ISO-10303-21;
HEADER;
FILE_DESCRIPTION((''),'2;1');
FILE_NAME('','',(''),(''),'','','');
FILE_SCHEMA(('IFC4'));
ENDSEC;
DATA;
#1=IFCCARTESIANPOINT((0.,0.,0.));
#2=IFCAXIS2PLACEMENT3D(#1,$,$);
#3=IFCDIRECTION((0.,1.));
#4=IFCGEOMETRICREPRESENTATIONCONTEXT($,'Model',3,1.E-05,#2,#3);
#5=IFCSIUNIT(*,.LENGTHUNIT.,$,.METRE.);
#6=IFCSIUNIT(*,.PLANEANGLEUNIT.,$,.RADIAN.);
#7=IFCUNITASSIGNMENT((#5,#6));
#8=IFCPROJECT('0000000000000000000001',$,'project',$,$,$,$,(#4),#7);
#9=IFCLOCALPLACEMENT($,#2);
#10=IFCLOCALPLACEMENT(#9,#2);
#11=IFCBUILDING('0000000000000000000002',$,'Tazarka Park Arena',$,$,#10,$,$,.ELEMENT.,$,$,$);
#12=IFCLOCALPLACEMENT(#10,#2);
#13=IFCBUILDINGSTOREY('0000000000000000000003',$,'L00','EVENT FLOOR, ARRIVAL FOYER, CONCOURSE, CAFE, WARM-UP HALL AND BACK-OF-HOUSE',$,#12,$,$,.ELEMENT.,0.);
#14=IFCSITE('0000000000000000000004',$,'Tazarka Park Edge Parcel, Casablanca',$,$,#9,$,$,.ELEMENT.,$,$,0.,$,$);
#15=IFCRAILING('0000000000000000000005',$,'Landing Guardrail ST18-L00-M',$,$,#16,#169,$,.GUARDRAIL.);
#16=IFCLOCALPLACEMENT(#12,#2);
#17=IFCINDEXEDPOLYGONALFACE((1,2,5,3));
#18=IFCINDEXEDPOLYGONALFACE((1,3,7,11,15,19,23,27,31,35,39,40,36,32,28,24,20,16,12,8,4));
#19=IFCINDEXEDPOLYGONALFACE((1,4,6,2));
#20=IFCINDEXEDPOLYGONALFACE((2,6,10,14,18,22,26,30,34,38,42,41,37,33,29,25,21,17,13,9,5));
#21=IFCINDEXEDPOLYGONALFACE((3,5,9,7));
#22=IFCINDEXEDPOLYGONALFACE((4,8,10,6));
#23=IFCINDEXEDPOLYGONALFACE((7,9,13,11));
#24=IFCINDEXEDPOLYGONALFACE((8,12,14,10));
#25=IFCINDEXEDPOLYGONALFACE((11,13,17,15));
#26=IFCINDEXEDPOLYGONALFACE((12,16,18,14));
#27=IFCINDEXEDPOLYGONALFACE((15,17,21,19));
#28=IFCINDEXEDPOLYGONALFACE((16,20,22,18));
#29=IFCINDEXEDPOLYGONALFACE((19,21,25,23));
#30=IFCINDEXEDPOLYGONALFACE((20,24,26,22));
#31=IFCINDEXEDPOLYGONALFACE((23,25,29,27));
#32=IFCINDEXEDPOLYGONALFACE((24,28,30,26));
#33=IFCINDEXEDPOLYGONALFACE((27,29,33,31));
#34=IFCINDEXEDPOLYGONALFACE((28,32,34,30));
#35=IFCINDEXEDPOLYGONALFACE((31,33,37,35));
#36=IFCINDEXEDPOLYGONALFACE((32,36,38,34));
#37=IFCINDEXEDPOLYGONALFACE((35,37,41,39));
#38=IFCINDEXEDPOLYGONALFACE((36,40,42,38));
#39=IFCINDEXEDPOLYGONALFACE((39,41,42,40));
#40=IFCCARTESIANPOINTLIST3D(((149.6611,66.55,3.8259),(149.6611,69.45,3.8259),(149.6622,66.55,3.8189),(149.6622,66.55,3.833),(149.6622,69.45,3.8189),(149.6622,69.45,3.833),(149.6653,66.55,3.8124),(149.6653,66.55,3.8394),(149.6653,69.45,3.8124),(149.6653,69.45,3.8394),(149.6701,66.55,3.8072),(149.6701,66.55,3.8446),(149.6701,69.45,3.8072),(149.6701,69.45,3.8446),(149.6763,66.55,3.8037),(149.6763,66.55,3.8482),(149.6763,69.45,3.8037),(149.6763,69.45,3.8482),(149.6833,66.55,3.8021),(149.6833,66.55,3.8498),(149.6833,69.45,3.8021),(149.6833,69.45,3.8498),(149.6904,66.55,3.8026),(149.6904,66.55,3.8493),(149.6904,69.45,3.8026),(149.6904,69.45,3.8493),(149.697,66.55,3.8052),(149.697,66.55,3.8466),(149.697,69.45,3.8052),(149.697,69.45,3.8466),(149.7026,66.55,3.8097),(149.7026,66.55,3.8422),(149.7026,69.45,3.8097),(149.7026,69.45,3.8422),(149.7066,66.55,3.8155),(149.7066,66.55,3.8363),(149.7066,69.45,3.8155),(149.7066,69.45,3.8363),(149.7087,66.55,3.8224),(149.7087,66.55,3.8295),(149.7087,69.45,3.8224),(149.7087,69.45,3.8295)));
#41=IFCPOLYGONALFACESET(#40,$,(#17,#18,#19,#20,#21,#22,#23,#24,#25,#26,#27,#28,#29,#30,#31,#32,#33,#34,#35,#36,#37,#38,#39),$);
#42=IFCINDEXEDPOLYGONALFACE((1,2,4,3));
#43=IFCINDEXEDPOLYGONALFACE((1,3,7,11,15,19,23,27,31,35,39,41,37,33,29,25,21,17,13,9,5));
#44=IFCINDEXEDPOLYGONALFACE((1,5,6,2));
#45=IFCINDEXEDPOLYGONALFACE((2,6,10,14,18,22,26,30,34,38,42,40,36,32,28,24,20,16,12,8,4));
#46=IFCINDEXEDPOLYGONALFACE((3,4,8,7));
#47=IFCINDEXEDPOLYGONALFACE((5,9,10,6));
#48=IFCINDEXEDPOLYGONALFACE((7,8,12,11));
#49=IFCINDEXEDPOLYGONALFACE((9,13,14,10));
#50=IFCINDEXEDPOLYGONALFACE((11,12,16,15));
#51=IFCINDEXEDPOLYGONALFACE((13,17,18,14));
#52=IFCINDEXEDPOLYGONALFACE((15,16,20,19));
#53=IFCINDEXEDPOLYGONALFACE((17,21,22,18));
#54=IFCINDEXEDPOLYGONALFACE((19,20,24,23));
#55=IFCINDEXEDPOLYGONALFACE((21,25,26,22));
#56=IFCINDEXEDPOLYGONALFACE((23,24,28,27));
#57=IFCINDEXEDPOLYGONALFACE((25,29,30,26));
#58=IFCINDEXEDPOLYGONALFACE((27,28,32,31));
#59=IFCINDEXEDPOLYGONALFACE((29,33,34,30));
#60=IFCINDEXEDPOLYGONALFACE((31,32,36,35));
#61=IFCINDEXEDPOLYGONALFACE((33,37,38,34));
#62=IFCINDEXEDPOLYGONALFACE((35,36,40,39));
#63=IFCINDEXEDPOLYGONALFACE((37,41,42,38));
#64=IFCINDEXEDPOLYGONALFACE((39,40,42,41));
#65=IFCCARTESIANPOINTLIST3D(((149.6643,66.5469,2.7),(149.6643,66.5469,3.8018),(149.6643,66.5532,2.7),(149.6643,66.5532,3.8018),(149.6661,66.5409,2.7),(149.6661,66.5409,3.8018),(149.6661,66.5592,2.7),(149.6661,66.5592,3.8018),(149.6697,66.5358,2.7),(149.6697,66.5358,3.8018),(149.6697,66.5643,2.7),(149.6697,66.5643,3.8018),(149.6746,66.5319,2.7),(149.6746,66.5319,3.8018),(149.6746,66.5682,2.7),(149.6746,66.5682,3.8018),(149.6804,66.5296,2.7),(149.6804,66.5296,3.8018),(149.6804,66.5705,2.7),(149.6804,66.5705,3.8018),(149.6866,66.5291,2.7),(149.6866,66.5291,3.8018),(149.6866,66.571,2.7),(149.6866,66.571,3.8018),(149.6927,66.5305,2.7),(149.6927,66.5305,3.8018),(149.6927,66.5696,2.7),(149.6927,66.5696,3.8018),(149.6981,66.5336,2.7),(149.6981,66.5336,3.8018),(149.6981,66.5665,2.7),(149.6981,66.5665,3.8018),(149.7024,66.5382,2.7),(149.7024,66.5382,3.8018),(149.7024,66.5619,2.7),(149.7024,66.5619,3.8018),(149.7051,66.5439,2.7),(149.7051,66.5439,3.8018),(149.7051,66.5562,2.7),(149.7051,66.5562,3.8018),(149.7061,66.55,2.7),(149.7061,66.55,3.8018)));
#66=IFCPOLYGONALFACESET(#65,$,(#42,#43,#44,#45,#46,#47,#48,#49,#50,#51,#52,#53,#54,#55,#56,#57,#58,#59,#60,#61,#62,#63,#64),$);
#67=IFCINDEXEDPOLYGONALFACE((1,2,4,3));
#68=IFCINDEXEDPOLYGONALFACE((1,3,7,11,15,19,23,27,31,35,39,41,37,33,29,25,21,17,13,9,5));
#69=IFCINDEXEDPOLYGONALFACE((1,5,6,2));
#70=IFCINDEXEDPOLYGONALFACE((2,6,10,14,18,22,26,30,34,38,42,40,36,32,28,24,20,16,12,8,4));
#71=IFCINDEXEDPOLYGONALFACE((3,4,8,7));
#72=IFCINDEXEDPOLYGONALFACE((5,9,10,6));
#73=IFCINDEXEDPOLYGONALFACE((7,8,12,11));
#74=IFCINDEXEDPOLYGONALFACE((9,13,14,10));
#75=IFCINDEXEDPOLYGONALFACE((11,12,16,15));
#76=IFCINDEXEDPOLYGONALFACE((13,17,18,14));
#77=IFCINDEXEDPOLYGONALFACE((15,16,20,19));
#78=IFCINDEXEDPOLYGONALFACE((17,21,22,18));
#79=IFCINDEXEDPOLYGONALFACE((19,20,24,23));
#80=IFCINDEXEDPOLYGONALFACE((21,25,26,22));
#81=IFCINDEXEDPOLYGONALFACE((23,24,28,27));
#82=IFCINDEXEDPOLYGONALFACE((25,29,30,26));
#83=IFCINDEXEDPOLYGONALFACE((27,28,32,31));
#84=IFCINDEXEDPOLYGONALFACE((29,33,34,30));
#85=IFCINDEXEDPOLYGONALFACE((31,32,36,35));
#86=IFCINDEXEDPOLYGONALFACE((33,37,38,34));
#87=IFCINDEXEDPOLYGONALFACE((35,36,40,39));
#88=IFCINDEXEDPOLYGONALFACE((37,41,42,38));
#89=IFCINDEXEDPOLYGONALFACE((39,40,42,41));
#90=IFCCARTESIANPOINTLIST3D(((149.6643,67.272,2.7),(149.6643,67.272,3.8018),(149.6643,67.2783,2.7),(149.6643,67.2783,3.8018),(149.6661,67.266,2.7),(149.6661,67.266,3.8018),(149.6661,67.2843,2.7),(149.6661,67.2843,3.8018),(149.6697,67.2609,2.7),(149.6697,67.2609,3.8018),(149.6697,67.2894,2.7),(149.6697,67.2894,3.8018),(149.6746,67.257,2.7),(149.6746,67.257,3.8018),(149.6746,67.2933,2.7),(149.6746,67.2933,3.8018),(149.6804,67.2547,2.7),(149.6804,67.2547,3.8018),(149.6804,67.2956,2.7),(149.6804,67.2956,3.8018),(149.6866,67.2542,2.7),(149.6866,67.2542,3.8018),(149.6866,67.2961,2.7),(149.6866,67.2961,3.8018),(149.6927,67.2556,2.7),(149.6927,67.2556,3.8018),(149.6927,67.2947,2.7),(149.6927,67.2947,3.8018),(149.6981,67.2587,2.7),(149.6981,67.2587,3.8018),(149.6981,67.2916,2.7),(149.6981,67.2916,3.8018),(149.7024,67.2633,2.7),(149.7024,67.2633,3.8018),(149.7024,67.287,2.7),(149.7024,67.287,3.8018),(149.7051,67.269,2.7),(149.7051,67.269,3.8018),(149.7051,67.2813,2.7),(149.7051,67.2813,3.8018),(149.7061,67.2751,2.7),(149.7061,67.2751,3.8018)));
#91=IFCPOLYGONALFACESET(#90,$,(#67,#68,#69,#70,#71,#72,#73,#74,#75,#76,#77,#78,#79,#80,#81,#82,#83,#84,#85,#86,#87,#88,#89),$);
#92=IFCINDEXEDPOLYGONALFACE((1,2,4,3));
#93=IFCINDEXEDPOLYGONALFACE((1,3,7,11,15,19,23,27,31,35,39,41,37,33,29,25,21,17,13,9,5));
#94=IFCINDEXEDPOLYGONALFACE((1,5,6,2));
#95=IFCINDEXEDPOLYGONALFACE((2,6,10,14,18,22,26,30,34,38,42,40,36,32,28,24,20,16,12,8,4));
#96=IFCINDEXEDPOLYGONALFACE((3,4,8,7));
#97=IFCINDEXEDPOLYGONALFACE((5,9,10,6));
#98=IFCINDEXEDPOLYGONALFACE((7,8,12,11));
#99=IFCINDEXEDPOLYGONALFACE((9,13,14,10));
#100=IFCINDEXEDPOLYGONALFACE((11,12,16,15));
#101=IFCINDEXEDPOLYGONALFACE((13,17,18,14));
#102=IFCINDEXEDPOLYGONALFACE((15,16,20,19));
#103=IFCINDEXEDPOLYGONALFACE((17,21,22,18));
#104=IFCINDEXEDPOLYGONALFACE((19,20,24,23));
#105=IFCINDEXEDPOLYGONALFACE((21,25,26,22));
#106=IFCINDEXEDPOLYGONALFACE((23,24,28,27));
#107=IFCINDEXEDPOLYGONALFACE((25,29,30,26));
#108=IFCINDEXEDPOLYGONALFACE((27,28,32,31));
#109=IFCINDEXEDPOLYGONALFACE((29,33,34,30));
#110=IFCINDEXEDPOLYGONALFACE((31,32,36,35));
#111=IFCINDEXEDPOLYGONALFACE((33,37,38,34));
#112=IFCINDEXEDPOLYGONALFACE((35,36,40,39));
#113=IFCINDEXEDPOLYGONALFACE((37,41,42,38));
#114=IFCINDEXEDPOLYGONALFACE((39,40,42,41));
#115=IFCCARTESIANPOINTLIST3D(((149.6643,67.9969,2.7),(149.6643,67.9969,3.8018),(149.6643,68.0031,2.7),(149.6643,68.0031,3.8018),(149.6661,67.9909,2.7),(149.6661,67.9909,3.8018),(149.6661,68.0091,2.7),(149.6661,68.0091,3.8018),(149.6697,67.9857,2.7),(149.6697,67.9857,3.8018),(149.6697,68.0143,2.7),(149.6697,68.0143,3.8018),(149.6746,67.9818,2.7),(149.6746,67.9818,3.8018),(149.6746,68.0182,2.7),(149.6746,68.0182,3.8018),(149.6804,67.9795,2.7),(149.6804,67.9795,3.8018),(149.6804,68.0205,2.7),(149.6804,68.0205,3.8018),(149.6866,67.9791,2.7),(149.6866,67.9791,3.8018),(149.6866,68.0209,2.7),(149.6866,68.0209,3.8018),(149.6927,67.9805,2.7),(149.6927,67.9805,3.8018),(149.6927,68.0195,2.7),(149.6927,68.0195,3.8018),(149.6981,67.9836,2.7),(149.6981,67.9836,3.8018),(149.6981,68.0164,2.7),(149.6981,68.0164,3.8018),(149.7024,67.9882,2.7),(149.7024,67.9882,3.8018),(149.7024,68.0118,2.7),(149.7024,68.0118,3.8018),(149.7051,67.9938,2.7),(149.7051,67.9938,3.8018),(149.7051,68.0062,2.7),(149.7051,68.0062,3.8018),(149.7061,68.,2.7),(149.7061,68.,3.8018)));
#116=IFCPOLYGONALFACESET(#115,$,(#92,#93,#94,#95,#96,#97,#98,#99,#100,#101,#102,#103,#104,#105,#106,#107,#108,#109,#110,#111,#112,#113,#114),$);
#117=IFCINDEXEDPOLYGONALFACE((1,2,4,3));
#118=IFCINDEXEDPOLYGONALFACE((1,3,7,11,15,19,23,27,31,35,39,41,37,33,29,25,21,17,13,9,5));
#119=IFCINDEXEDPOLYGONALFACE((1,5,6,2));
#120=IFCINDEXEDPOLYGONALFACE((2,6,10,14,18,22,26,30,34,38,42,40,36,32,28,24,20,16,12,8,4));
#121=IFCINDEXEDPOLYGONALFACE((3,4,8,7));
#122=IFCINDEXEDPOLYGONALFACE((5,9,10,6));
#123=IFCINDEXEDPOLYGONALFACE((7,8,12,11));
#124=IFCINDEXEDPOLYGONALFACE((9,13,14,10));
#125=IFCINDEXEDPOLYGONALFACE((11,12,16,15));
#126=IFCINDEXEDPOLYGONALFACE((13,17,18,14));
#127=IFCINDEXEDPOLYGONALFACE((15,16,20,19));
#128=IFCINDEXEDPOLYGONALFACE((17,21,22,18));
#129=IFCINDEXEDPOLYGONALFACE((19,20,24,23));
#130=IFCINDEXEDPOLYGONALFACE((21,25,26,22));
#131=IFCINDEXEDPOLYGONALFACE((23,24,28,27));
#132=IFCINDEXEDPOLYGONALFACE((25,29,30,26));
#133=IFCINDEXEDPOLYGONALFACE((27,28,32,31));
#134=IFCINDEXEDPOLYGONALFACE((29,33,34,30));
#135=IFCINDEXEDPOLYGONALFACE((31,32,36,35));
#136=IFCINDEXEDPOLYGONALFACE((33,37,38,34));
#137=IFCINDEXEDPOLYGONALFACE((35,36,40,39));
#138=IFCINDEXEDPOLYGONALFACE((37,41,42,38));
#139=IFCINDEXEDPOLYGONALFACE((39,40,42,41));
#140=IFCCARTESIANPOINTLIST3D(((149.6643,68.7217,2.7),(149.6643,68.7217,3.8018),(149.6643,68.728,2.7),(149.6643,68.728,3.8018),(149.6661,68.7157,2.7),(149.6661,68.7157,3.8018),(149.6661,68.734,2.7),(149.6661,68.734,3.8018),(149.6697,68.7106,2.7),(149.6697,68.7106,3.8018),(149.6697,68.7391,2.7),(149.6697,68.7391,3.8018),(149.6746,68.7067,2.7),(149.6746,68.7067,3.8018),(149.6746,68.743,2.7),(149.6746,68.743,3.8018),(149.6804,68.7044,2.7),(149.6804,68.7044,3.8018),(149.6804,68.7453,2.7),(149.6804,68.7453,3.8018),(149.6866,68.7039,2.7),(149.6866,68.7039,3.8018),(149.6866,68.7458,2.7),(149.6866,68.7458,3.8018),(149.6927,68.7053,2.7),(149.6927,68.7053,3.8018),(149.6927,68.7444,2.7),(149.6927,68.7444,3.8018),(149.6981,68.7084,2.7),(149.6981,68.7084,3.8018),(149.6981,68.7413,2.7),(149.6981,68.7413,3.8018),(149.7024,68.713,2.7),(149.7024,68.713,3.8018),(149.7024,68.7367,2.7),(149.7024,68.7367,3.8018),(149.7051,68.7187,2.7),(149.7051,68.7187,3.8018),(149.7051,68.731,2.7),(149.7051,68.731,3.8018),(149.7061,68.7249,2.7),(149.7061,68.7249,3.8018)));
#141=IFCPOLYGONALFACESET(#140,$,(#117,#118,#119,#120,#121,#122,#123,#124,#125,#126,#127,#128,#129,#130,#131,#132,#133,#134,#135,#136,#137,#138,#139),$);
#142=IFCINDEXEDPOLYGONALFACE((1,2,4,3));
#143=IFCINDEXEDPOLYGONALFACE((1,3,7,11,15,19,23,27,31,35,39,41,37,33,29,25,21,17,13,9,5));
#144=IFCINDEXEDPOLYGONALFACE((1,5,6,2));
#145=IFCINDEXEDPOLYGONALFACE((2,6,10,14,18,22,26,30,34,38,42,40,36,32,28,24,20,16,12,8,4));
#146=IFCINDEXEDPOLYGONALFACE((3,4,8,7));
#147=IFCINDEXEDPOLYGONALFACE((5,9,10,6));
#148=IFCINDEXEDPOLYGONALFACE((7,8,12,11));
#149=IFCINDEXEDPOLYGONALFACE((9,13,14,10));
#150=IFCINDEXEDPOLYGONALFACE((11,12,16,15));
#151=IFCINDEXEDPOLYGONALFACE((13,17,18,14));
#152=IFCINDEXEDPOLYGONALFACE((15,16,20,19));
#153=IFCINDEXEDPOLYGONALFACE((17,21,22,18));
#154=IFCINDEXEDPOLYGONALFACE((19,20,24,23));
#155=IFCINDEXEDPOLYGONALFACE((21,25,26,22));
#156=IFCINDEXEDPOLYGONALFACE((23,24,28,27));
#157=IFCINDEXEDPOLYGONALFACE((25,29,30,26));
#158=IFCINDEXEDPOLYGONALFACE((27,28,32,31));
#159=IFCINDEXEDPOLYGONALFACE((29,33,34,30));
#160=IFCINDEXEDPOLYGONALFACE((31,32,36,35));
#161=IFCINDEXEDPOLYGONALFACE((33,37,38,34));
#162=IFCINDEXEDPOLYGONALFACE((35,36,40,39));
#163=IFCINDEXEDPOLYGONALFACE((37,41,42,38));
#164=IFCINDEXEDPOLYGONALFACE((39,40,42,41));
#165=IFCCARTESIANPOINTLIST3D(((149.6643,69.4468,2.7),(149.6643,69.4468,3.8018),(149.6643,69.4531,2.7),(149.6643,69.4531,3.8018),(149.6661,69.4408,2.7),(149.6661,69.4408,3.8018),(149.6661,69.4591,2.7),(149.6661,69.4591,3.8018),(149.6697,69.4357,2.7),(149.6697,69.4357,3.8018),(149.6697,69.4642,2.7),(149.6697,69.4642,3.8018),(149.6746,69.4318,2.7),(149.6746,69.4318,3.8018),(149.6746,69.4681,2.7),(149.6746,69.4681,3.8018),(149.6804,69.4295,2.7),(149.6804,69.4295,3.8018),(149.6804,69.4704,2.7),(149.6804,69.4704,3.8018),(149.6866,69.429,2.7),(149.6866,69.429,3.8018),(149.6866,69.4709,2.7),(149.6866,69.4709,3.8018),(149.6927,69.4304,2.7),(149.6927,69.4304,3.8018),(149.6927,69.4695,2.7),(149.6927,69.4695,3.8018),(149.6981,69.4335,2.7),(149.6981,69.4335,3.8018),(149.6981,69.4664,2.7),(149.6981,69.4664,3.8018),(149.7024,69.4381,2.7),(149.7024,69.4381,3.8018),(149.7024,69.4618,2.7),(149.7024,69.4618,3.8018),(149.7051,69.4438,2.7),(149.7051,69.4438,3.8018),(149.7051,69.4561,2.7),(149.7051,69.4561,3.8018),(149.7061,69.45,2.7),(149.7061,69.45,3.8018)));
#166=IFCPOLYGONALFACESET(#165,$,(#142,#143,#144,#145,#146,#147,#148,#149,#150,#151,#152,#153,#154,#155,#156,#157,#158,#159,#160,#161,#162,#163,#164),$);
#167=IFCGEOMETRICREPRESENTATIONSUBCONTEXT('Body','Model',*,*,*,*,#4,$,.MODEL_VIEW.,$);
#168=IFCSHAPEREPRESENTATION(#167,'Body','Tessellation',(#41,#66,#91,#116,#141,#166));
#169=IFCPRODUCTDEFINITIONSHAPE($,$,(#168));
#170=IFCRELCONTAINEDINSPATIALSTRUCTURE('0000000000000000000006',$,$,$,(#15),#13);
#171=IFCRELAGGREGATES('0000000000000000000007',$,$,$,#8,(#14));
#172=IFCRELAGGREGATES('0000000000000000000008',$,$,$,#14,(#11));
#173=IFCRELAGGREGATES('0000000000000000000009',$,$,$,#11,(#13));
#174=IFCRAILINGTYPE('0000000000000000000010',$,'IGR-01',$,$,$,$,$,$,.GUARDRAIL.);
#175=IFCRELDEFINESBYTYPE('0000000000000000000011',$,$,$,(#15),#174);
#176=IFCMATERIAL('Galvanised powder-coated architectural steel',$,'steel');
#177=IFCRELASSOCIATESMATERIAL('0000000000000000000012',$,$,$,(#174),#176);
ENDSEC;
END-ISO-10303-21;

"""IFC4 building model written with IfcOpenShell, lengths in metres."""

from ifc_helpers import new_model, si_unit, direction, frame, origin, origin_2d, place, context, subcontext, project, spatial, circle, extrude, material, type_object, element, save


model = new_model("IFC4")

# Units and contexts
model_context = context("Model", 3, precision=1e-05, world=origin(), true_north=direction((0.0, 1.0)))
body_context = subcontext(model_context, "Body", "Model", "MODEL_VIEW")
ifc_project = project(units=[si_unit("LENGTHUNIT", "METRE"), si_unit("PLANEANGLEUNIT", "RADIAN")], contexts=[model_context])

# Site, building, storey
site_placement = place(None, origin())
site = spatial("IfcSite", under=ifc_project, at=site_placement, Name="Tazarka Park Edge Parcel, Casablanca", CompositionType="ELEMENT", RefElevation=0.0)
building_placement = place(site_placement, origin())
building = spatial("IfcBuilding", under=site, at=building_placement, Name="Tazarka Park Arena", CompositionType="ELEMENT")
storey_placement = place(building_placement, origin())
storey = spatial("IfcBuildingStorey", under=building, at=storey_placement, Name="L00", Description="EVENT FLOOR, ARRIVAL FOYER, CONCOURSE, CAFE, WARM-UP HALL AND BACK-OF-HOUSE", CompositionType="ELEMENT", Elevation=0.0)

# Railing
ifc_material_1 = material(Name="Galvanised powder-coated architectural steel", Category="steel")
railing_type_1 = type_object("IfcRailingType", Name="IGR-01", PredefinedType="GUARDRAIL", material=ifc_material_1)
for number, where, name in (
    (1, (149.6851, 66.55, 2.7), "Landing Guardrail ST18-L00-M"),
):
    element("IfcRailing", number, at=place(storey_placement, frame(where)), inside=storey, type_object=railing_type_1, Name=name, PredefinedType="GUARDRAIL", context=body_context, shape_type="SweptSolid", body=[
        extrude(circle(Radius=0.0239, at=origin_2d()), frame((0.0, 0.0, 1.126), z_axis=(0.0, 1.0, 0.0), x_axis=(-1.0, 0.0, 0.0)), (0.0, 0.0, 1.0), 2.8999),
        extrude(circle(Radius=0.021, at=origin_2d()), origin(), (0.0, 0.0, 1.0), 1.1018),
        extrude(circle(Radius=0.021, at=origin_2d()), frame((0.0, 0.7251, 0.0)), (0.0, 0.0, 1.0), 1.1018),
        extrude(circle(Radius=0.021, at=origin_2d()), frame((0.0, 1.45, 0.0)), (0.0, 0.0, 1.0), 1.1018),
        extrude(circle(Radius=0.021, at=origin_2d()), frame((0.0, 2.1748, 0.0)), (0.0, 0.0, 1.0), 1.1018),
        extrude(circle(Radius=0.021, at=origin_2d()), frame((0.0, 2.8999, 0.0)), (0.0, 0.0, 1.0), 1.1018),
    ])

save(model, "model.ifc")
